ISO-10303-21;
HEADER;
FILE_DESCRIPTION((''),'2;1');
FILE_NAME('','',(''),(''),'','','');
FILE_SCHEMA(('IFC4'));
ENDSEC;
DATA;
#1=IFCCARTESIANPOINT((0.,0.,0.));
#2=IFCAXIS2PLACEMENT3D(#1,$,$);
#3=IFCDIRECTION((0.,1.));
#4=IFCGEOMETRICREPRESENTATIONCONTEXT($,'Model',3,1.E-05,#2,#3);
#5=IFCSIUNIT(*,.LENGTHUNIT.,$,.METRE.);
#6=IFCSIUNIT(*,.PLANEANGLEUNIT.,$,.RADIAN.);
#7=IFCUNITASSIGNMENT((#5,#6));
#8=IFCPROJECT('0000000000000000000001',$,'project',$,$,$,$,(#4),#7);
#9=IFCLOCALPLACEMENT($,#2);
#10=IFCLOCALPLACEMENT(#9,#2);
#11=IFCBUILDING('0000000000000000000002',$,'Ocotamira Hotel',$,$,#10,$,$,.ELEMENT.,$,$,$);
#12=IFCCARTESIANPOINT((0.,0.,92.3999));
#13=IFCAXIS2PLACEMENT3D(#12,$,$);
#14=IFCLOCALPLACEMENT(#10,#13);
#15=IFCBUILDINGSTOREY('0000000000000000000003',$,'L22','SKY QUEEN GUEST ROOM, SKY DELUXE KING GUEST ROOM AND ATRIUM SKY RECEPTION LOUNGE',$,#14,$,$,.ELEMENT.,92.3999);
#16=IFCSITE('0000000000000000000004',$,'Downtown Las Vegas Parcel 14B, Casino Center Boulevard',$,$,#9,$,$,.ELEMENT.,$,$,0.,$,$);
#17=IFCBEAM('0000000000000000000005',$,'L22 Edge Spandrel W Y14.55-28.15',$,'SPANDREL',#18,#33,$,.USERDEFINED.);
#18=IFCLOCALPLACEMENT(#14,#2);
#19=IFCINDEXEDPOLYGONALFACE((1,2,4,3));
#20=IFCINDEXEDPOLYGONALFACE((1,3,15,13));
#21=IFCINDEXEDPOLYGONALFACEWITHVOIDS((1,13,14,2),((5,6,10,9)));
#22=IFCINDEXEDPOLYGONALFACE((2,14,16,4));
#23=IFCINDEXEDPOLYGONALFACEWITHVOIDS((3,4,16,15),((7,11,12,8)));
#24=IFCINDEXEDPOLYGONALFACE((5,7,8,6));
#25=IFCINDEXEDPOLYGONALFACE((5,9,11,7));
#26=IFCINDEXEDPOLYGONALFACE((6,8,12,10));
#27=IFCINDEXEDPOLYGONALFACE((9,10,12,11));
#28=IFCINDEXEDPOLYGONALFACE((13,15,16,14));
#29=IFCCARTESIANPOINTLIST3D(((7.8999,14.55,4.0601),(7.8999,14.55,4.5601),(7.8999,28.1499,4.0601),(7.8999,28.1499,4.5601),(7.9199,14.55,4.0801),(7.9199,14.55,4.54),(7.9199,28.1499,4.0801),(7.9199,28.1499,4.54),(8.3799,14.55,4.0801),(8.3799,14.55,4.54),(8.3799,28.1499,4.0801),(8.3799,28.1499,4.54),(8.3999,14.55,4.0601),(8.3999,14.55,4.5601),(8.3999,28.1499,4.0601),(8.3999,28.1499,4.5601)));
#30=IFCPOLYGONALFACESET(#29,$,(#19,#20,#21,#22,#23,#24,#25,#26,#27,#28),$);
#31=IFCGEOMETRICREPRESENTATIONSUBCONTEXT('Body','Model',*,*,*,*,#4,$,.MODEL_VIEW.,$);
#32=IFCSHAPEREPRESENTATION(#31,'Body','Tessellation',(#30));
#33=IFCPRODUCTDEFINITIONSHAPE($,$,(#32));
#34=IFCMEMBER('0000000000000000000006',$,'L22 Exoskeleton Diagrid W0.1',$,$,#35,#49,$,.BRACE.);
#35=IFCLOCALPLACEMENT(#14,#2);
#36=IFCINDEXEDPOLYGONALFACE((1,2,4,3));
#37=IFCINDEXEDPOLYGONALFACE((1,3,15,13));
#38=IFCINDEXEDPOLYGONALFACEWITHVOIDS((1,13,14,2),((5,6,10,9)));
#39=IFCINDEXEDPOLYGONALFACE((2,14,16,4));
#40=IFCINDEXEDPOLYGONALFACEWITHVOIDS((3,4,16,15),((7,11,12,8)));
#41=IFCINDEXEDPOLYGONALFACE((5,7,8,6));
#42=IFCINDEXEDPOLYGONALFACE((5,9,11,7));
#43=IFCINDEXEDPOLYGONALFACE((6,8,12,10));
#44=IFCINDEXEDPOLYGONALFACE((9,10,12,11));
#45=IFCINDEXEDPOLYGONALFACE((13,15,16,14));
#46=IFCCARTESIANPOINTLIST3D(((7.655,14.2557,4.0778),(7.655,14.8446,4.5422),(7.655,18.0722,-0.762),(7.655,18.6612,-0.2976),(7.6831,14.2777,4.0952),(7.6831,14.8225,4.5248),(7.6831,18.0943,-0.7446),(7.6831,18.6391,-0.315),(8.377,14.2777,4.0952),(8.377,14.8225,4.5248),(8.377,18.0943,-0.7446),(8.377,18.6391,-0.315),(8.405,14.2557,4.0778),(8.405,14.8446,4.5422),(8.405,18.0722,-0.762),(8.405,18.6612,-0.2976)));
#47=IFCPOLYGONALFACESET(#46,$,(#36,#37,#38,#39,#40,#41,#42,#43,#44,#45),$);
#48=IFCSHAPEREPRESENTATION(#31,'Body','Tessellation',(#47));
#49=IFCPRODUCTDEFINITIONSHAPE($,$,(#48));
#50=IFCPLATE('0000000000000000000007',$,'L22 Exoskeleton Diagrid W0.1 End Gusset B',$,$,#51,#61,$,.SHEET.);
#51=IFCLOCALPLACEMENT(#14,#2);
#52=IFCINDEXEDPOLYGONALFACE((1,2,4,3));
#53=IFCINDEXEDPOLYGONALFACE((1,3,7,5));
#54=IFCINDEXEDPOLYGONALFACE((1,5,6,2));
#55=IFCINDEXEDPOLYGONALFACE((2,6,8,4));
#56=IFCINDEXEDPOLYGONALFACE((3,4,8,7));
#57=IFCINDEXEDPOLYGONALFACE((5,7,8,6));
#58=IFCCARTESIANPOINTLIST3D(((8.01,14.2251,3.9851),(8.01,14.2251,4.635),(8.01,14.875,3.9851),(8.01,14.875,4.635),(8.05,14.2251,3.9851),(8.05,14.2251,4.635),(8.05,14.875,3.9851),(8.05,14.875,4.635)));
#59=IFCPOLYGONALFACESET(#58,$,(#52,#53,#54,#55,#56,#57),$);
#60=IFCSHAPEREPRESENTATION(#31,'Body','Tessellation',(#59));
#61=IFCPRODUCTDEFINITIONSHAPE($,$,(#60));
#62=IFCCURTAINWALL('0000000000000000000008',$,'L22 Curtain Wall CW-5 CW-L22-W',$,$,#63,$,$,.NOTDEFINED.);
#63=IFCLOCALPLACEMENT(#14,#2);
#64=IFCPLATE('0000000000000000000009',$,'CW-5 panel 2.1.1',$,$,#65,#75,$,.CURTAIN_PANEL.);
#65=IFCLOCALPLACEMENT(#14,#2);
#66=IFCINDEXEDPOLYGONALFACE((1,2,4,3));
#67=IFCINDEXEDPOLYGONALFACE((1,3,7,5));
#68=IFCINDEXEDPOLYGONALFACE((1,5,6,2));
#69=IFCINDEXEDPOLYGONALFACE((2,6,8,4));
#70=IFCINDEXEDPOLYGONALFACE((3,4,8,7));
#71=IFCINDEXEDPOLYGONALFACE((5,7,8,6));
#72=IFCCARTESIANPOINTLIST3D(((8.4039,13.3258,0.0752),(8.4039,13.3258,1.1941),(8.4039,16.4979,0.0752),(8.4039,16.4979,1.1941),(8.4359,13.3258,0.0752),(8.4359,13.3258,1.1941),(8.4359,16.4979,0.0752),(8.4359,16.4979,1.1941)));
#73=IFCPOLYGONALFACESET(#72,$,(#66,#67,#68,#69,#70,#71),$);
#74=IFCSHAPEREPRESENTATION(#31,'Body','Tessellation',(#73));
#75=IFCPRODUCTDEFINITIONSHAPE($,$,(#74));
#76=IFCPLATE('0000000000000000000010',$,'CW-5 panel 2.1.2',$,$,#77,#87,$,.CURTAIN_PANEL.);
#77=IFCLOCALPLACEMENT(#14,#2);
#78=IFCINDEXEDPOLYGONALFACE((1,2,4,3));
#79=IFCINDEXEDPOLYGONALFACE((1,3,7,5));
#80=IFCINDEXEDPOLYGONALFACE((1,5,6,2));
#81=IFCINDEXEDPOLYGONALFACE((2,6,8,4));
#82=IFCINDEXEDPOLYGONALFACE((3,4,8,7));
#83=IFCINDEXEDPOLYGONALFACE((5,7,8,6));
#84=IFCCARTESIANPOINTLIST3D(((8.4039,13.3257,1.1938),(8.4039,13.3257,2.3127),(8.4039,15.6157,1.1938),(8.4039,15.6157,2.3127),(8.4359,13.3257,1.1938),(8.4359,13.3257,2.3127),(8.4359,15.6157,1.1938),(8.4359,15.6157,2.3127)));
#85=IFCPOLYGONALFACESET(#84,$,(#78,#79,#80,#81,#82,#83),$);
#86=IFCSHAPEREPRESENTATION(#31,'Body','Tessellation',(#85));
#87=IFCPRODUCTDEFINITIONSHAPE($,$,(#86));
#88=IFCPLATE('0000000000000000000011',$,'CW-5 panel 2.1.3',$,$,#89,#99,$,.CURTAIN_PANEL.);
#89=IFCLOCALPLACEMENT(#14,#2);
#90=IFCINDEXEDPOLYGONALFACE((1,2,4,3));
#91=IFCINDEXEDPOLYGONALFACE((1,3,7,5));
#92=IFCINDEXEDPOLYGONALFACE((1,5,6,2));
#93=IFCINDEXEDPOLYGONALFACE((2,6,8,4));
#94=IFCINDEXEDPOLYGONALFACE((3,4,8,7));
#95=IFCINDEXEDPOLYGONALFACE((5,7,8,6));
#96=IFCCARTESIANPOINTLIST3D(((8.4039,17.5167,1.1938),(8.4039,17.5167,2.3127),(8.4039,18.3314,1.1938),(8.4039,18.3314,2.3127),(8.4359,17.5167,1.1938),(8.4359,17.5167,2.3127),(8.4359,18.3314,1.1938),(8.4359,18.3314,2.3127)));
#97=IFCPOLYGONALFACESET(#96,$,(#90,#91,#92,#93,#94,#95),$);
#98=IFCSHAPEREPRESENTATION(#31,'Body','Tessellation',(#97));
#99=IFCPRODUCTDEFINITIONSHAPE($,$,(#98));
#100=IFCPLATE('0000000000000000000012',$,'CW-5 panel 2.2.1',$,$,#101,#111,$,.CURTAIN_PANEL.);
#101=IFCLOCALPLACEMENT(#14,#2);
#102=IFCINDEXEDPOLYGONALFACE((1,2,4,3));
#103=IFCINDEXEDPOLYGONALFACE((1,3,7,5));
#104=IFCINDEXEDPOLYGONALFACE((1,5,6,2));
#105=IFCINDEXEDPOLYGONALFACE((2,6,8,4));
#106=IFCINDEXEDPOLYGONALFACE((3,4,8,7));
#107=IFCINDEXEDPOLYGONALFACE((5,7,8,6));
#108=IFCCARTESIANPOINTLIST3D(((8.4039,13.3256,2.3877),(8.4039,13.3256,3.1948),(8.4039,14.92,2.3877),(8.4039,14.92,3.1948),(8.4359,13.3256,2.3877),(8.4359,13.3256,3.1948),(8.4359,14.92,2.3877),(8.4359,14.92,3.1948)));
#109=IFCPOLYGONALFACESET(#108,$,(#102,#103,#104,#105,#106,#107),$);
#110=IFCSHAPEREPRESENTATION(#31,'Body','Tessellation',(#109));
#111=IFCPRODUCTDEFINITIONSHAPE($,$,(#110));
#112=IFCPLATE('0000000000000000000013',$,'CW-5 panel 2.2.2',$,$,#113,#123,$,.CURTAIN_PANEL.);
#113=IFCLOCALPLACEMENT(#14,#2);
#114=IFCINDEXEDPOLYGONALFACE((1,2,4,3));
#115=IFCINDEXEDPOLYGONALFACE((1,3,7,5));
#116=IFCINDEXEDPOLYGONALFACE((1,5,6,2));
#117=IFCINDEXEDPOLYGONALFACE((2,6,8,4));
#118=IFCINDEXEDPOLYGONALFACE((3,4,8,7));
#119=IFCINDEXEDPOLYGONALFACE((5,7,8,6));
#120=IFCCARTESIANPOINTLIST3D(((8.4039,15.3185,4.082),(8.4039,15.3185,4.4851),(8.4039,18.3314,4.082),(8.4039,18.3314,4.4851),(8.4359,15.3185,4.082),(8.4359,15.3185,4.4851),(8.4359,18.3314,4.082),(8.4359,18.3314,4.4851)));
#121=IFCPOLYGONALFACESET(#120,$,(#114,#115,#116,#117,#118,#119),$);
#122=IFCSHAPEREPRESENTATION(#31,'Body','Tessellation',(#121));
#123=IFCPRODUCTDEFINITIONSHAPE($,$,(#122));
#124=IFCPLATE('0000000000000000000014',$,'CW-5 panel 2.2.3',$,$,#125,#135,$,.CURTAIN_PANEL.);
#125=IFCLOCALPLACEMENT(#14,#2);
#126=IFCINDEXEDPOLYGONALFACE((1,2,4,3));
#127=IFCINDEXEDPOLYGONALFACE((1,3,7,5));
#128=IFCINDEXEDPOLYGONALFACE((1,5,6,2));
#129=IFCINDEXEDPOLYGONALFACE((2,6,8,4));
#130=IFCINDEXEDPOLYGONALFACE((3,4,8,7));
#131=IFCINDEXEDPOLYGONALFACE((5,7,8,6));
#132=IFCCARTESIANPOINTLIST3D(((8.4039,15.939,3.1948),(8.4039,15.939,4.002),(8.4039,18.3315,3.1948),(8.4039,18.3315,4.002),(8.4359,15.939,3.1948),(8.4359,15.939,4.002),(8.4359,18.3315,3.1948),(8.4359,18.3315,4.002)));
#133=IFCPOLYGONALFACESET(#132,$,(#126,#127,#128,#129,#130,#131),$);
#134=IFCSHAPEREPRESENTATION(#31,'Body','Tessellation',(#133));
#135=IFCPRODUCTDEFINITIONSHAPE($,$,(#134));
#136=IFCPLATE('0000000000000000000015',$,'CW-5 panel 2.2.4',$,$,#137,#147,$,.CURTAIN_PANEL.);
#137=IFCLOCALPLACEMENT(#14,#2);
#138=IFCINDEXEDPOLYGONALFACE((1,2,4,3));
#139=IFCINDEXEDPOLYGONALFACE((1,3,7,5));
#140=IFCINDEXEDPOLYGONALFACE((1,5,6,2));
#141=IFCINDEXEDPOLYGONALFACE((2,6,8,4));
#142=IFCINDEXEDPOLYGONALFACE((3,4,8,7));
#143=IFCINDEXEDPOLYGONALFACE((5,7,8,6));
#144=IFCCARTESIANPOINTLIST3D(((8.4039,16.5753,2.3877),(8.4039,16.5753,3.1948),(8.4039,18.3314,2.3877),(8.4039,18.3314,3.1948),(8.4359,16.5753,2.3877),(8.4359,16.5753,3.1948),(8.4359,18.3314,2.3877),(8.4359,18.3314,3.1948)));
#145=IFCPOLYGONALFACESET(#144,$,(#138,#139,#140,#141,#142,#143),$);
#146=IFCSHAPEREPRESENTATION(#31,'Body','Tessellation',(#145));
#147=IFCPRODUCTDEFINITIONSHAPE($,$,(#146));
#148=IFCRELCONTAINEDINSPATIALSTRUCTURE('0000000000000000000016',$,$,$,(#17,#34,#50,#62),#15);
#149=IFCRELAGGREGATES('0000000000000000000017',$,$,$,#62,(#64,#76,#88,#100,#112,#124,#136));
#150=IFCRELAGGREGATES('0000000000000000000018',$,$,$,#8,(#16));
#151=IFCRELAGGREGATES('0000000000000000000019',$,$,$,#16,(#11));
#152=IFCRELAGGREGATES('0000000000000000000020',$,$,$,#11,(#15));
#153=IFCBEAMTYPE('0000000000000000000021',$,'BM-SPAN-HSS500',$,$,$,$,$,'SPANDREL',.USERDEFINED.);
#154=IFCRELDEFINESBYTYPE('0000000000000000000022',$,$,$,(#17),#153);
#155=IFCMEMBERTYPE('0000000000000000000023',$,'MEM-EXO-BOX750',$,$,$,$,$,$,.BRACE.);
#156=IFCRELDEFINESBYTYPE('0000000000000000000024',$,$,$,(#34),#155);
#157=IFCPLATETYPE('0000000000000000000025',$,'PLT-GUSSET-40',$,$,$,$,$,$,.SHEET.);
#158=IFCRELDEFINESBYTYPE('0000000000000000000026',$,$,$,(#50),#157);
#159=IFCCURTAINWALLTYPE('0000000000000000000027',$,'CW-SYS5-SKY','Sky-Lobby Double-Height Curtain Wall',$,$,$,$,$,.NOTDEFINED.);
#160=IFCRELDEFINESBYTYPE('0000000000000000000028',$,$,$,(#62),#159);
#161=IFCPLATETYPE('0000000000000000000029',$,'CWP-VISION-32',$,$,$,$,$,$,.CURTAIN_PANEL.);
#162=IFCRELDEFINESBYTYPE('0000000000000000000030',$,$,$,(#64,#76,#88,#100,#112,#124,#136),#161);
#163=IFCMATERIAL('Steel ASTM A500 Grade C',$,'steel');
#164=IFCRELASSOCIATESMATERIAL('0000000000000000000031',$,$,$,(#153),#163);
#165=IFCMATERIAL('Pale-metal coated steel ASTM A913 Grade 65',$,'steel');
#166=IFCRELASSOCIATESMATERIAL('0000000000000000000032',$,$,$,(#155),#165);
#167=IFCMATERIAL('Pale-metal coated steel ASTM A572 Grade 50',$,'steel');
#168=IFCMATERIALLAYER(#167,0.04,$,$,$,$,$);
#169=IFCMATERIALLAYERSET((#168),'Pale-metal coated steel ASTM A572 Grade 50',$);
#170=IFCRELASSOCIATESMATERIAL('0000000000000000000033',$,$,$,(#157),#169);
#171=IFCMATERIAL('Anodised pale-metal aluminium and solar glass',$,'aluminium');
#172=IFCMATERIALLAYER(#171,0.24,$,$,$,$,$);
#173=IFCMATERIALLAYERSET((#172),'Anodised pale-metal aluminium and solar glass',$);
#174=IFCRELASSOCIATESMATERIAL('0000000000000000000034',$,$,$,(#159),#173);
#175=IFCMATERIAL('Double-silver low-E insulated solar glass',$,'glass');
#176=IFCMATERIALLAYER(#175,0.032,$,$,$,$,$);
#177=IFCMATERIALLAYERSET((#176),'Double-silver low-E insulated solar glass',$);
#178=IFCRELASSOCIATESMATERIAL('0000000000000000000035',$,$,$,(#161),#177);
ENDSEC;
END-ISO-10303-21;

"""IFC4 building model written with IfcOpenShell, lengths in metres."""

from ifc_helpers import new_model, si_unit, direction, frame, origin, origin_2d, place, context, subcontext, project, spatial, rectangle, hollow_rectangle, extrude, source, transform, mapped, material, layer, layer_set, material_profile, profile_set, type_object, element, aggregate, save


model = new_model("IFC4")

# Units and contexts
model_context = context("Model", 3, precision=1e-05, world=origin(), true_north=direction((0.0, 1.0)))
body_context = subcontext(model_context, "Body", "Model", "MODEL_VIEW")
ifc_project = project(units=[si_unit("LENGTHUNIT", "METRE"), si_unit("PLANEANGLEUNIT", "RADIAN")], contexts=[model_context])

# Site, building, storey
site_placement = place(None, origin())
site = spatial("IfcSite", under=ifc_project, at=site_placement, Name="Downtown Las Vegas Parcel 14B, Casino Center Boulevard", CompositionType="ELEMENT", RefElevation=0.0)
building_placement = place(site_placement, origin())
building = spatial("IfcBuilding", under=site, at=building_placement, Name="Ocotamira Hotel", CompositionType="ELEMENT")
storey_placement = place(building_placement, frame((0.0, 0.0, 92.3999)))
storey = spatial("IfcBuildingStorey", under=building, at=storey_placement, Name="L22", Description="SKY QUEEN GUEST ROOM, SKY DELUXE KING GUEST ROOM AND ATRIUM SKY RECEPTION LOUNGE", CompositionType="ELEMENT", Elevation=92.3999)

# Beam
ifc_material_1 = material(Name="Steel ASTM A500 Grade C", Category="steel")
ifc_material_profile_1 = material_profile(ifc_material_1, hollow_rectangle(XDim=0.5, YDim=0.5, WallThickness=0.02, at=origin_2d()), Name="HSS500X500X20")
ifc_profile_set_1 = profile_set([ifc_material_profile_1], Name="Steel ASTM A500 Grade C")
beam_type_1 = type_object("IfcBeamType", Name="BM-SPAN-HSS500", ElementType="SPANDREL", PredefinedType="USERDEFINED", material=ifc_profile_set_1)
shared_shape_1 = source(origin(), body_context, "Body", "SweptSolid", [
    extrude(hollow_rectangle(XDim=0.5, YDim=0.5, WallThickness=0.02, at=origin_2d()), origin(), (0.0, 0.0, 1.0), 13.5999),
])
beam_1_placement = place(storey_placement, frame((8.1499, 14.55, 4.3101), z_axis=(0.0, 1.0, 0.0), x_axis=(-1.0, 0.0, 0.0)))
element("IfcBeam", 1, at=beam_1_placement, inside=storey, type_object=beam_type_1, Name="L22 Edge Spandrel W Y14.55-28.15", ObjectType="SPANDREL", PredefinedType="USERDEFINED", context=body_context, shape_type="MappedRepresentation", body=[
    mapped(shared_shape_1, transform((0.0, 0.0, 0.0), scale=1.0)),
])

# Member
ifc_material_2 = material(Name="Pale-metal coated steel ASTM A913 Grade 65", Category="steel")
ifc_material_profile_2 = material_profile(ifc_material_2, hollow_rectangle(XDim=0.75, YDim=0.75, WallThickness=0.0281, at=origin_2d()), Name="BOX750X750X28")
ifc_profile_set_2 = profile_set([ifc_material_profile_2], Name="Pale-metal coated steel ASTM A913 Grade 65")
member_type = type_object("IfcMemberType", Name="MEM-EXO-BOX750", PredefinedType="BRACE", material=ifc_profile_set_2)
shared_shape_2 = source(origin(), body_context, "Body", "SweptSolid", [
    extrude(hollow_rectangle(XDim=0.75, YDim=0.75, WallThickness=0.0281, at=origin_2d()), origin(), (0.0, 0.0, 1.0), 6.1636),
])
member_placement = place(storey_placement, frame((8.03, 18.3667, -0.5298), z_axis=(0.0, -0.619217, 0.78522), x_axis=(1.0, 0.0, 0.0)))
element("IfcMember", 2, at=member_placement, inside=storey, type_object=member_type, Name="L22 Exoskeleton Diagrid W0.1", PredefinedType="BRACE", context=body_context, shape_type="MappedRepresentation", body=[
    mapped(shared_shape_2, transform((0.0, 0.0, 0.0), scale=1.0)),
])

# Plate
ifc_material_3 = material(Name="Pale-metal coated steel ASTM A572 Grade 50", Category="steel")
ifc_layer_1 = layer(ifc_material_3, 0.04)
ifc_layer_set_1 = layer_set([ifc_layer_1], Name="Pale-metal coated steel ASTM A572 Grade 50")
plate_type_1 = type_object("IfcPlateType", Name="PLT-GUSSET-40", PredefinedType="SHEET", material=ifc_layer_set_1)
shared_shape_3 = source(origin(), body_context, "Body", "SweptSolid", [
    extrude(rectangle(XDim=0.04, YDim=0.6499, at=origin_2d()), origin(), (0.0, 0.0, 1.0), 0.6499),
])
plate_1_placement = place(storey_placement, frame((8.03, 14.55, 3.9851), z_axis=(0.0, 0.0, 1.0), x_axis=(1.0, 0.0, 0.0)))
element("IfcPlate", 3, at=plate_1_placement, inside=storey, type_object=plate_type_1, Name="L22 Exoskeleton Diagrid W0.1 End Gusset B", PredefinedType="SHEET", context=body_context, shape_type="MappedRepresentation", body=[
    mapped(shared_shape_3, transform((0.0, 0.0, 0.0), scale=1.0)),
])

# Curtain wall, plates
ifc_material_4 = material(Name="Anodised pale-metal aluminium and solar glass", Category="aluminium")
ifc_layer_2 = layer(ifc_material_4, 0.24)
ifc_layer_set_2 = layer_set([ifc_layer_2], Name="Anodised pale-metal aluminium and solar glass")
curtain_wall_type = type_object("IfcCurtainWallType", Name="CW-SYS5-SKY", Description="Sky-Lobby Double-Height Curtain Wall", PredefinedType="NOTDEFINED", material=ifc_layer_set_2)
curtain_wall_placement = place(storey_placement, origin())
curtain_wall = element("IfcCurtainWall", 4, at=curtain_wall_placement, inside=storey, type_object=curtain_wall_type, Name="L22 Curtain Wall CW-5 CW-L22-W", PredefinedType="NOTDEFINED")
ifc_material_5 = material(Name="Double-silver low-E insulated solar glass", Category="glass")
ifc_layer_3 = layer(ifc_material_5, 0.032)
ifc_layer_set_3 = layer_set([ifc_layer_3], Name="Double-silver low-E insulated solar glass")
plate_type_2 = type_object("IfcPlateType", Name="CWP-VISION-32", PredefinedType="CURTAIN_PANEL", material=ifc_layer_set_3)
shared_shape_4 = source(origin(), body_context, "Body", "SweptSolid", [
    extrude(rectangle(XDim=3.1721, YDim=0.032, at=origin_2d()), origin(), (0.0, 0.0, 1.0), 1.1189),
])
plate_2_placement = place(storey_placement, frame((8.4199, 14.9119, 0.0752), z_axis=(0.0, 0.0, 1.0), x_axis=(0.0, 1.0, 0.0)))
plate_2 = element("IfcPlate", 5, at=plate_2_placement, type_object=plate_type_2, Name="CW-5 panel 2.1.1", PredefinedType="CURTAIN_PANEL", context=body_context, shape_type="MappedRepresentation", body=[
    mapped(shared_shape_4, transform((0.0, 0.0, 0.0), scale=1.0)),
])
shared_shape_5 = source(origin(), body_context, "Body", "SweptSolid", [
    extrude(rectangle(XDim=2.29, YDim=0.032, at=origin_2d()), origin(), (0.0, 0.0, 1.0), 1.1189),
])
plate_3_placement = place(storey_placement, frame((8.4199, 14.4707, 1.1938), z_axis=(0.0, 0.0, 1.0), x_axis=(0.0, 1.0, 0.0)))
plate_3 = element("IfcPlate", 6, at=plate_3_placement, type_object=plate_type_2, Name="CW-5 panel 2.1.2", PredefinedType="CURTAIN_PANEL", context=body_context, shape_type="MappedRepresentation", body=[
    mapped(shared_shape_5, transform((0.0, 0.0, 0.0), scale=1.0)),
])
shared_shape_6 = source(origin(), body_context, "Body", "SweptSolid", [
    extrude(rectangle(XDim=0.8147, YDim=0.032, at=origin_2d()), origin(), (0.0, 0.0, 1.0), 1.1189),
])
plate_4_placement = place(storey_placement, frame((8.4199, 17.9241, 1.1938), z_axis=(0.0, 0.0, 1.0), x_axis=(0.0, 1.0, 0.0)))
plate_4 = element("IfcPlate", 7, at=plate_4_placement, type_object=plate_type_2, Name="CW-5 panel 2.1.3", PredefinedType="CURTAIN_PANEL", context=body_context, shape_type="MappedRepresentation", body=[
    mapped(shared_shape_6, transform((0.0, 0.0, 0.0), scale=1.0)),
])
shared_shape_7 = source(origin(), body_context, "Body", "SweptSolid", [
    extrude(rectangle(XDim=1.5945, YDim=0.032, at=origin_2d()), origin(), (0.0, 0.0, 1.0), 0.8071),
])
plate_5_placement = place(storey_placement, frame((8.4199, 14.1228, 2.3877), z_axis=(0.0, 0.0, 1.0), x_axis=(0.0, 1.0, 0.0)))
plate_5 = element("IfcPlate", 8, at=plate_5_placement, type_object=plate_type_2, Name="CW-5 panel 2.2.1", PredefinedType="CURTAIN_PANEL", context=body_context, shape_type="MappedRepresentation", body=[
    mapped(shared_shape_7, transform((0.0, 0.0, 0.0), scale=1.0)),
])
shared_shape_8 = source(origin(), body_context, "Body", "SweptSolid", [
    extrude(rectangle(XDim=3.0129, YDim=0.032, at=origin_2d()), origin(), (0.0, 0.0, 1.0), 0.4031),
])
plate_6_placement = place(storey_placement, frame((8.4199, 16.825, 4.082), z_axis=(0.0, 0.0, 1.0), x_axis=(0.0, 1.0, 0.0)))
plate_6 = element("IfcPlate", 9, at=plate_6_placement, type_object=plate_type_2, Name="CW-5 panel 2.2.2", PredefinedType="CURTAIN_PANEL", context=body_context, shape_type="MappedRepresentation", body=[
    mapped(shared_shape_8, transform((0.0, 0.0, 0.0), scale=1.0)),
])
shared_shape_9 = source(origin(), body_context, "Body", "SweptSolid", [
    extrude(rectangle(XDim=2.3926, YDim=0.032, at=origin_2d()), origin(), (0.0, 0.0, 1.0), 0.8071),
])
plate_7_placement = place(storey_placement, frame((8.4199, 17.1353, 3.1948), z_axis=(0.0, 0.0, 1.0), x_axis=(0.0, 1.0, 0.0)))
plate_7 = element("IfcPlate", 10, at=plate_7_placement, type_object=plate_type_2, Name="CW-5 panel 2.2.3", PredefinedType="CURTAIN_PANEL", context=body_context, shape_type="MappedRepresentation", body=[
    mapped(shared_shape_9, transform((0.0, 0.0, 0.0), scale=1.0)),
])
shared_shape_10 = source(origin(), body_context, "Body", "SweptSolid", [
    extrude(rectangle(XDim=1.7561, YDim=0.032, at=origin_2d()), origin(), (0.0, 0.0, 1.0), 0.8071),
])
plate_8_placement = place(storey_placement, frame((8.4199, 17.4534, 2.3877), z_axis=(0.0, 0.0, 1.0), x_axis=(0.0, 1.0, 0.0)))
plate_8 = element("IfcPlate", 11, at=plate_8_placement, type_object=plate_type_2, Name="CW-5 panel 2.2.4", PredefinedType="CURTAIN_PANEL", context=body_context, shape_type="MappedRepresentation", body=[
    mapped(shared_shape_10, transform((0.0, 0.0, 0.0), scale=1.0)),
])
aggregate(curtain_wall, [plate_2, plate_3, plate_4, plate_5, plate_6, plate_7, plate_8])

save(model, "model.ifc")
